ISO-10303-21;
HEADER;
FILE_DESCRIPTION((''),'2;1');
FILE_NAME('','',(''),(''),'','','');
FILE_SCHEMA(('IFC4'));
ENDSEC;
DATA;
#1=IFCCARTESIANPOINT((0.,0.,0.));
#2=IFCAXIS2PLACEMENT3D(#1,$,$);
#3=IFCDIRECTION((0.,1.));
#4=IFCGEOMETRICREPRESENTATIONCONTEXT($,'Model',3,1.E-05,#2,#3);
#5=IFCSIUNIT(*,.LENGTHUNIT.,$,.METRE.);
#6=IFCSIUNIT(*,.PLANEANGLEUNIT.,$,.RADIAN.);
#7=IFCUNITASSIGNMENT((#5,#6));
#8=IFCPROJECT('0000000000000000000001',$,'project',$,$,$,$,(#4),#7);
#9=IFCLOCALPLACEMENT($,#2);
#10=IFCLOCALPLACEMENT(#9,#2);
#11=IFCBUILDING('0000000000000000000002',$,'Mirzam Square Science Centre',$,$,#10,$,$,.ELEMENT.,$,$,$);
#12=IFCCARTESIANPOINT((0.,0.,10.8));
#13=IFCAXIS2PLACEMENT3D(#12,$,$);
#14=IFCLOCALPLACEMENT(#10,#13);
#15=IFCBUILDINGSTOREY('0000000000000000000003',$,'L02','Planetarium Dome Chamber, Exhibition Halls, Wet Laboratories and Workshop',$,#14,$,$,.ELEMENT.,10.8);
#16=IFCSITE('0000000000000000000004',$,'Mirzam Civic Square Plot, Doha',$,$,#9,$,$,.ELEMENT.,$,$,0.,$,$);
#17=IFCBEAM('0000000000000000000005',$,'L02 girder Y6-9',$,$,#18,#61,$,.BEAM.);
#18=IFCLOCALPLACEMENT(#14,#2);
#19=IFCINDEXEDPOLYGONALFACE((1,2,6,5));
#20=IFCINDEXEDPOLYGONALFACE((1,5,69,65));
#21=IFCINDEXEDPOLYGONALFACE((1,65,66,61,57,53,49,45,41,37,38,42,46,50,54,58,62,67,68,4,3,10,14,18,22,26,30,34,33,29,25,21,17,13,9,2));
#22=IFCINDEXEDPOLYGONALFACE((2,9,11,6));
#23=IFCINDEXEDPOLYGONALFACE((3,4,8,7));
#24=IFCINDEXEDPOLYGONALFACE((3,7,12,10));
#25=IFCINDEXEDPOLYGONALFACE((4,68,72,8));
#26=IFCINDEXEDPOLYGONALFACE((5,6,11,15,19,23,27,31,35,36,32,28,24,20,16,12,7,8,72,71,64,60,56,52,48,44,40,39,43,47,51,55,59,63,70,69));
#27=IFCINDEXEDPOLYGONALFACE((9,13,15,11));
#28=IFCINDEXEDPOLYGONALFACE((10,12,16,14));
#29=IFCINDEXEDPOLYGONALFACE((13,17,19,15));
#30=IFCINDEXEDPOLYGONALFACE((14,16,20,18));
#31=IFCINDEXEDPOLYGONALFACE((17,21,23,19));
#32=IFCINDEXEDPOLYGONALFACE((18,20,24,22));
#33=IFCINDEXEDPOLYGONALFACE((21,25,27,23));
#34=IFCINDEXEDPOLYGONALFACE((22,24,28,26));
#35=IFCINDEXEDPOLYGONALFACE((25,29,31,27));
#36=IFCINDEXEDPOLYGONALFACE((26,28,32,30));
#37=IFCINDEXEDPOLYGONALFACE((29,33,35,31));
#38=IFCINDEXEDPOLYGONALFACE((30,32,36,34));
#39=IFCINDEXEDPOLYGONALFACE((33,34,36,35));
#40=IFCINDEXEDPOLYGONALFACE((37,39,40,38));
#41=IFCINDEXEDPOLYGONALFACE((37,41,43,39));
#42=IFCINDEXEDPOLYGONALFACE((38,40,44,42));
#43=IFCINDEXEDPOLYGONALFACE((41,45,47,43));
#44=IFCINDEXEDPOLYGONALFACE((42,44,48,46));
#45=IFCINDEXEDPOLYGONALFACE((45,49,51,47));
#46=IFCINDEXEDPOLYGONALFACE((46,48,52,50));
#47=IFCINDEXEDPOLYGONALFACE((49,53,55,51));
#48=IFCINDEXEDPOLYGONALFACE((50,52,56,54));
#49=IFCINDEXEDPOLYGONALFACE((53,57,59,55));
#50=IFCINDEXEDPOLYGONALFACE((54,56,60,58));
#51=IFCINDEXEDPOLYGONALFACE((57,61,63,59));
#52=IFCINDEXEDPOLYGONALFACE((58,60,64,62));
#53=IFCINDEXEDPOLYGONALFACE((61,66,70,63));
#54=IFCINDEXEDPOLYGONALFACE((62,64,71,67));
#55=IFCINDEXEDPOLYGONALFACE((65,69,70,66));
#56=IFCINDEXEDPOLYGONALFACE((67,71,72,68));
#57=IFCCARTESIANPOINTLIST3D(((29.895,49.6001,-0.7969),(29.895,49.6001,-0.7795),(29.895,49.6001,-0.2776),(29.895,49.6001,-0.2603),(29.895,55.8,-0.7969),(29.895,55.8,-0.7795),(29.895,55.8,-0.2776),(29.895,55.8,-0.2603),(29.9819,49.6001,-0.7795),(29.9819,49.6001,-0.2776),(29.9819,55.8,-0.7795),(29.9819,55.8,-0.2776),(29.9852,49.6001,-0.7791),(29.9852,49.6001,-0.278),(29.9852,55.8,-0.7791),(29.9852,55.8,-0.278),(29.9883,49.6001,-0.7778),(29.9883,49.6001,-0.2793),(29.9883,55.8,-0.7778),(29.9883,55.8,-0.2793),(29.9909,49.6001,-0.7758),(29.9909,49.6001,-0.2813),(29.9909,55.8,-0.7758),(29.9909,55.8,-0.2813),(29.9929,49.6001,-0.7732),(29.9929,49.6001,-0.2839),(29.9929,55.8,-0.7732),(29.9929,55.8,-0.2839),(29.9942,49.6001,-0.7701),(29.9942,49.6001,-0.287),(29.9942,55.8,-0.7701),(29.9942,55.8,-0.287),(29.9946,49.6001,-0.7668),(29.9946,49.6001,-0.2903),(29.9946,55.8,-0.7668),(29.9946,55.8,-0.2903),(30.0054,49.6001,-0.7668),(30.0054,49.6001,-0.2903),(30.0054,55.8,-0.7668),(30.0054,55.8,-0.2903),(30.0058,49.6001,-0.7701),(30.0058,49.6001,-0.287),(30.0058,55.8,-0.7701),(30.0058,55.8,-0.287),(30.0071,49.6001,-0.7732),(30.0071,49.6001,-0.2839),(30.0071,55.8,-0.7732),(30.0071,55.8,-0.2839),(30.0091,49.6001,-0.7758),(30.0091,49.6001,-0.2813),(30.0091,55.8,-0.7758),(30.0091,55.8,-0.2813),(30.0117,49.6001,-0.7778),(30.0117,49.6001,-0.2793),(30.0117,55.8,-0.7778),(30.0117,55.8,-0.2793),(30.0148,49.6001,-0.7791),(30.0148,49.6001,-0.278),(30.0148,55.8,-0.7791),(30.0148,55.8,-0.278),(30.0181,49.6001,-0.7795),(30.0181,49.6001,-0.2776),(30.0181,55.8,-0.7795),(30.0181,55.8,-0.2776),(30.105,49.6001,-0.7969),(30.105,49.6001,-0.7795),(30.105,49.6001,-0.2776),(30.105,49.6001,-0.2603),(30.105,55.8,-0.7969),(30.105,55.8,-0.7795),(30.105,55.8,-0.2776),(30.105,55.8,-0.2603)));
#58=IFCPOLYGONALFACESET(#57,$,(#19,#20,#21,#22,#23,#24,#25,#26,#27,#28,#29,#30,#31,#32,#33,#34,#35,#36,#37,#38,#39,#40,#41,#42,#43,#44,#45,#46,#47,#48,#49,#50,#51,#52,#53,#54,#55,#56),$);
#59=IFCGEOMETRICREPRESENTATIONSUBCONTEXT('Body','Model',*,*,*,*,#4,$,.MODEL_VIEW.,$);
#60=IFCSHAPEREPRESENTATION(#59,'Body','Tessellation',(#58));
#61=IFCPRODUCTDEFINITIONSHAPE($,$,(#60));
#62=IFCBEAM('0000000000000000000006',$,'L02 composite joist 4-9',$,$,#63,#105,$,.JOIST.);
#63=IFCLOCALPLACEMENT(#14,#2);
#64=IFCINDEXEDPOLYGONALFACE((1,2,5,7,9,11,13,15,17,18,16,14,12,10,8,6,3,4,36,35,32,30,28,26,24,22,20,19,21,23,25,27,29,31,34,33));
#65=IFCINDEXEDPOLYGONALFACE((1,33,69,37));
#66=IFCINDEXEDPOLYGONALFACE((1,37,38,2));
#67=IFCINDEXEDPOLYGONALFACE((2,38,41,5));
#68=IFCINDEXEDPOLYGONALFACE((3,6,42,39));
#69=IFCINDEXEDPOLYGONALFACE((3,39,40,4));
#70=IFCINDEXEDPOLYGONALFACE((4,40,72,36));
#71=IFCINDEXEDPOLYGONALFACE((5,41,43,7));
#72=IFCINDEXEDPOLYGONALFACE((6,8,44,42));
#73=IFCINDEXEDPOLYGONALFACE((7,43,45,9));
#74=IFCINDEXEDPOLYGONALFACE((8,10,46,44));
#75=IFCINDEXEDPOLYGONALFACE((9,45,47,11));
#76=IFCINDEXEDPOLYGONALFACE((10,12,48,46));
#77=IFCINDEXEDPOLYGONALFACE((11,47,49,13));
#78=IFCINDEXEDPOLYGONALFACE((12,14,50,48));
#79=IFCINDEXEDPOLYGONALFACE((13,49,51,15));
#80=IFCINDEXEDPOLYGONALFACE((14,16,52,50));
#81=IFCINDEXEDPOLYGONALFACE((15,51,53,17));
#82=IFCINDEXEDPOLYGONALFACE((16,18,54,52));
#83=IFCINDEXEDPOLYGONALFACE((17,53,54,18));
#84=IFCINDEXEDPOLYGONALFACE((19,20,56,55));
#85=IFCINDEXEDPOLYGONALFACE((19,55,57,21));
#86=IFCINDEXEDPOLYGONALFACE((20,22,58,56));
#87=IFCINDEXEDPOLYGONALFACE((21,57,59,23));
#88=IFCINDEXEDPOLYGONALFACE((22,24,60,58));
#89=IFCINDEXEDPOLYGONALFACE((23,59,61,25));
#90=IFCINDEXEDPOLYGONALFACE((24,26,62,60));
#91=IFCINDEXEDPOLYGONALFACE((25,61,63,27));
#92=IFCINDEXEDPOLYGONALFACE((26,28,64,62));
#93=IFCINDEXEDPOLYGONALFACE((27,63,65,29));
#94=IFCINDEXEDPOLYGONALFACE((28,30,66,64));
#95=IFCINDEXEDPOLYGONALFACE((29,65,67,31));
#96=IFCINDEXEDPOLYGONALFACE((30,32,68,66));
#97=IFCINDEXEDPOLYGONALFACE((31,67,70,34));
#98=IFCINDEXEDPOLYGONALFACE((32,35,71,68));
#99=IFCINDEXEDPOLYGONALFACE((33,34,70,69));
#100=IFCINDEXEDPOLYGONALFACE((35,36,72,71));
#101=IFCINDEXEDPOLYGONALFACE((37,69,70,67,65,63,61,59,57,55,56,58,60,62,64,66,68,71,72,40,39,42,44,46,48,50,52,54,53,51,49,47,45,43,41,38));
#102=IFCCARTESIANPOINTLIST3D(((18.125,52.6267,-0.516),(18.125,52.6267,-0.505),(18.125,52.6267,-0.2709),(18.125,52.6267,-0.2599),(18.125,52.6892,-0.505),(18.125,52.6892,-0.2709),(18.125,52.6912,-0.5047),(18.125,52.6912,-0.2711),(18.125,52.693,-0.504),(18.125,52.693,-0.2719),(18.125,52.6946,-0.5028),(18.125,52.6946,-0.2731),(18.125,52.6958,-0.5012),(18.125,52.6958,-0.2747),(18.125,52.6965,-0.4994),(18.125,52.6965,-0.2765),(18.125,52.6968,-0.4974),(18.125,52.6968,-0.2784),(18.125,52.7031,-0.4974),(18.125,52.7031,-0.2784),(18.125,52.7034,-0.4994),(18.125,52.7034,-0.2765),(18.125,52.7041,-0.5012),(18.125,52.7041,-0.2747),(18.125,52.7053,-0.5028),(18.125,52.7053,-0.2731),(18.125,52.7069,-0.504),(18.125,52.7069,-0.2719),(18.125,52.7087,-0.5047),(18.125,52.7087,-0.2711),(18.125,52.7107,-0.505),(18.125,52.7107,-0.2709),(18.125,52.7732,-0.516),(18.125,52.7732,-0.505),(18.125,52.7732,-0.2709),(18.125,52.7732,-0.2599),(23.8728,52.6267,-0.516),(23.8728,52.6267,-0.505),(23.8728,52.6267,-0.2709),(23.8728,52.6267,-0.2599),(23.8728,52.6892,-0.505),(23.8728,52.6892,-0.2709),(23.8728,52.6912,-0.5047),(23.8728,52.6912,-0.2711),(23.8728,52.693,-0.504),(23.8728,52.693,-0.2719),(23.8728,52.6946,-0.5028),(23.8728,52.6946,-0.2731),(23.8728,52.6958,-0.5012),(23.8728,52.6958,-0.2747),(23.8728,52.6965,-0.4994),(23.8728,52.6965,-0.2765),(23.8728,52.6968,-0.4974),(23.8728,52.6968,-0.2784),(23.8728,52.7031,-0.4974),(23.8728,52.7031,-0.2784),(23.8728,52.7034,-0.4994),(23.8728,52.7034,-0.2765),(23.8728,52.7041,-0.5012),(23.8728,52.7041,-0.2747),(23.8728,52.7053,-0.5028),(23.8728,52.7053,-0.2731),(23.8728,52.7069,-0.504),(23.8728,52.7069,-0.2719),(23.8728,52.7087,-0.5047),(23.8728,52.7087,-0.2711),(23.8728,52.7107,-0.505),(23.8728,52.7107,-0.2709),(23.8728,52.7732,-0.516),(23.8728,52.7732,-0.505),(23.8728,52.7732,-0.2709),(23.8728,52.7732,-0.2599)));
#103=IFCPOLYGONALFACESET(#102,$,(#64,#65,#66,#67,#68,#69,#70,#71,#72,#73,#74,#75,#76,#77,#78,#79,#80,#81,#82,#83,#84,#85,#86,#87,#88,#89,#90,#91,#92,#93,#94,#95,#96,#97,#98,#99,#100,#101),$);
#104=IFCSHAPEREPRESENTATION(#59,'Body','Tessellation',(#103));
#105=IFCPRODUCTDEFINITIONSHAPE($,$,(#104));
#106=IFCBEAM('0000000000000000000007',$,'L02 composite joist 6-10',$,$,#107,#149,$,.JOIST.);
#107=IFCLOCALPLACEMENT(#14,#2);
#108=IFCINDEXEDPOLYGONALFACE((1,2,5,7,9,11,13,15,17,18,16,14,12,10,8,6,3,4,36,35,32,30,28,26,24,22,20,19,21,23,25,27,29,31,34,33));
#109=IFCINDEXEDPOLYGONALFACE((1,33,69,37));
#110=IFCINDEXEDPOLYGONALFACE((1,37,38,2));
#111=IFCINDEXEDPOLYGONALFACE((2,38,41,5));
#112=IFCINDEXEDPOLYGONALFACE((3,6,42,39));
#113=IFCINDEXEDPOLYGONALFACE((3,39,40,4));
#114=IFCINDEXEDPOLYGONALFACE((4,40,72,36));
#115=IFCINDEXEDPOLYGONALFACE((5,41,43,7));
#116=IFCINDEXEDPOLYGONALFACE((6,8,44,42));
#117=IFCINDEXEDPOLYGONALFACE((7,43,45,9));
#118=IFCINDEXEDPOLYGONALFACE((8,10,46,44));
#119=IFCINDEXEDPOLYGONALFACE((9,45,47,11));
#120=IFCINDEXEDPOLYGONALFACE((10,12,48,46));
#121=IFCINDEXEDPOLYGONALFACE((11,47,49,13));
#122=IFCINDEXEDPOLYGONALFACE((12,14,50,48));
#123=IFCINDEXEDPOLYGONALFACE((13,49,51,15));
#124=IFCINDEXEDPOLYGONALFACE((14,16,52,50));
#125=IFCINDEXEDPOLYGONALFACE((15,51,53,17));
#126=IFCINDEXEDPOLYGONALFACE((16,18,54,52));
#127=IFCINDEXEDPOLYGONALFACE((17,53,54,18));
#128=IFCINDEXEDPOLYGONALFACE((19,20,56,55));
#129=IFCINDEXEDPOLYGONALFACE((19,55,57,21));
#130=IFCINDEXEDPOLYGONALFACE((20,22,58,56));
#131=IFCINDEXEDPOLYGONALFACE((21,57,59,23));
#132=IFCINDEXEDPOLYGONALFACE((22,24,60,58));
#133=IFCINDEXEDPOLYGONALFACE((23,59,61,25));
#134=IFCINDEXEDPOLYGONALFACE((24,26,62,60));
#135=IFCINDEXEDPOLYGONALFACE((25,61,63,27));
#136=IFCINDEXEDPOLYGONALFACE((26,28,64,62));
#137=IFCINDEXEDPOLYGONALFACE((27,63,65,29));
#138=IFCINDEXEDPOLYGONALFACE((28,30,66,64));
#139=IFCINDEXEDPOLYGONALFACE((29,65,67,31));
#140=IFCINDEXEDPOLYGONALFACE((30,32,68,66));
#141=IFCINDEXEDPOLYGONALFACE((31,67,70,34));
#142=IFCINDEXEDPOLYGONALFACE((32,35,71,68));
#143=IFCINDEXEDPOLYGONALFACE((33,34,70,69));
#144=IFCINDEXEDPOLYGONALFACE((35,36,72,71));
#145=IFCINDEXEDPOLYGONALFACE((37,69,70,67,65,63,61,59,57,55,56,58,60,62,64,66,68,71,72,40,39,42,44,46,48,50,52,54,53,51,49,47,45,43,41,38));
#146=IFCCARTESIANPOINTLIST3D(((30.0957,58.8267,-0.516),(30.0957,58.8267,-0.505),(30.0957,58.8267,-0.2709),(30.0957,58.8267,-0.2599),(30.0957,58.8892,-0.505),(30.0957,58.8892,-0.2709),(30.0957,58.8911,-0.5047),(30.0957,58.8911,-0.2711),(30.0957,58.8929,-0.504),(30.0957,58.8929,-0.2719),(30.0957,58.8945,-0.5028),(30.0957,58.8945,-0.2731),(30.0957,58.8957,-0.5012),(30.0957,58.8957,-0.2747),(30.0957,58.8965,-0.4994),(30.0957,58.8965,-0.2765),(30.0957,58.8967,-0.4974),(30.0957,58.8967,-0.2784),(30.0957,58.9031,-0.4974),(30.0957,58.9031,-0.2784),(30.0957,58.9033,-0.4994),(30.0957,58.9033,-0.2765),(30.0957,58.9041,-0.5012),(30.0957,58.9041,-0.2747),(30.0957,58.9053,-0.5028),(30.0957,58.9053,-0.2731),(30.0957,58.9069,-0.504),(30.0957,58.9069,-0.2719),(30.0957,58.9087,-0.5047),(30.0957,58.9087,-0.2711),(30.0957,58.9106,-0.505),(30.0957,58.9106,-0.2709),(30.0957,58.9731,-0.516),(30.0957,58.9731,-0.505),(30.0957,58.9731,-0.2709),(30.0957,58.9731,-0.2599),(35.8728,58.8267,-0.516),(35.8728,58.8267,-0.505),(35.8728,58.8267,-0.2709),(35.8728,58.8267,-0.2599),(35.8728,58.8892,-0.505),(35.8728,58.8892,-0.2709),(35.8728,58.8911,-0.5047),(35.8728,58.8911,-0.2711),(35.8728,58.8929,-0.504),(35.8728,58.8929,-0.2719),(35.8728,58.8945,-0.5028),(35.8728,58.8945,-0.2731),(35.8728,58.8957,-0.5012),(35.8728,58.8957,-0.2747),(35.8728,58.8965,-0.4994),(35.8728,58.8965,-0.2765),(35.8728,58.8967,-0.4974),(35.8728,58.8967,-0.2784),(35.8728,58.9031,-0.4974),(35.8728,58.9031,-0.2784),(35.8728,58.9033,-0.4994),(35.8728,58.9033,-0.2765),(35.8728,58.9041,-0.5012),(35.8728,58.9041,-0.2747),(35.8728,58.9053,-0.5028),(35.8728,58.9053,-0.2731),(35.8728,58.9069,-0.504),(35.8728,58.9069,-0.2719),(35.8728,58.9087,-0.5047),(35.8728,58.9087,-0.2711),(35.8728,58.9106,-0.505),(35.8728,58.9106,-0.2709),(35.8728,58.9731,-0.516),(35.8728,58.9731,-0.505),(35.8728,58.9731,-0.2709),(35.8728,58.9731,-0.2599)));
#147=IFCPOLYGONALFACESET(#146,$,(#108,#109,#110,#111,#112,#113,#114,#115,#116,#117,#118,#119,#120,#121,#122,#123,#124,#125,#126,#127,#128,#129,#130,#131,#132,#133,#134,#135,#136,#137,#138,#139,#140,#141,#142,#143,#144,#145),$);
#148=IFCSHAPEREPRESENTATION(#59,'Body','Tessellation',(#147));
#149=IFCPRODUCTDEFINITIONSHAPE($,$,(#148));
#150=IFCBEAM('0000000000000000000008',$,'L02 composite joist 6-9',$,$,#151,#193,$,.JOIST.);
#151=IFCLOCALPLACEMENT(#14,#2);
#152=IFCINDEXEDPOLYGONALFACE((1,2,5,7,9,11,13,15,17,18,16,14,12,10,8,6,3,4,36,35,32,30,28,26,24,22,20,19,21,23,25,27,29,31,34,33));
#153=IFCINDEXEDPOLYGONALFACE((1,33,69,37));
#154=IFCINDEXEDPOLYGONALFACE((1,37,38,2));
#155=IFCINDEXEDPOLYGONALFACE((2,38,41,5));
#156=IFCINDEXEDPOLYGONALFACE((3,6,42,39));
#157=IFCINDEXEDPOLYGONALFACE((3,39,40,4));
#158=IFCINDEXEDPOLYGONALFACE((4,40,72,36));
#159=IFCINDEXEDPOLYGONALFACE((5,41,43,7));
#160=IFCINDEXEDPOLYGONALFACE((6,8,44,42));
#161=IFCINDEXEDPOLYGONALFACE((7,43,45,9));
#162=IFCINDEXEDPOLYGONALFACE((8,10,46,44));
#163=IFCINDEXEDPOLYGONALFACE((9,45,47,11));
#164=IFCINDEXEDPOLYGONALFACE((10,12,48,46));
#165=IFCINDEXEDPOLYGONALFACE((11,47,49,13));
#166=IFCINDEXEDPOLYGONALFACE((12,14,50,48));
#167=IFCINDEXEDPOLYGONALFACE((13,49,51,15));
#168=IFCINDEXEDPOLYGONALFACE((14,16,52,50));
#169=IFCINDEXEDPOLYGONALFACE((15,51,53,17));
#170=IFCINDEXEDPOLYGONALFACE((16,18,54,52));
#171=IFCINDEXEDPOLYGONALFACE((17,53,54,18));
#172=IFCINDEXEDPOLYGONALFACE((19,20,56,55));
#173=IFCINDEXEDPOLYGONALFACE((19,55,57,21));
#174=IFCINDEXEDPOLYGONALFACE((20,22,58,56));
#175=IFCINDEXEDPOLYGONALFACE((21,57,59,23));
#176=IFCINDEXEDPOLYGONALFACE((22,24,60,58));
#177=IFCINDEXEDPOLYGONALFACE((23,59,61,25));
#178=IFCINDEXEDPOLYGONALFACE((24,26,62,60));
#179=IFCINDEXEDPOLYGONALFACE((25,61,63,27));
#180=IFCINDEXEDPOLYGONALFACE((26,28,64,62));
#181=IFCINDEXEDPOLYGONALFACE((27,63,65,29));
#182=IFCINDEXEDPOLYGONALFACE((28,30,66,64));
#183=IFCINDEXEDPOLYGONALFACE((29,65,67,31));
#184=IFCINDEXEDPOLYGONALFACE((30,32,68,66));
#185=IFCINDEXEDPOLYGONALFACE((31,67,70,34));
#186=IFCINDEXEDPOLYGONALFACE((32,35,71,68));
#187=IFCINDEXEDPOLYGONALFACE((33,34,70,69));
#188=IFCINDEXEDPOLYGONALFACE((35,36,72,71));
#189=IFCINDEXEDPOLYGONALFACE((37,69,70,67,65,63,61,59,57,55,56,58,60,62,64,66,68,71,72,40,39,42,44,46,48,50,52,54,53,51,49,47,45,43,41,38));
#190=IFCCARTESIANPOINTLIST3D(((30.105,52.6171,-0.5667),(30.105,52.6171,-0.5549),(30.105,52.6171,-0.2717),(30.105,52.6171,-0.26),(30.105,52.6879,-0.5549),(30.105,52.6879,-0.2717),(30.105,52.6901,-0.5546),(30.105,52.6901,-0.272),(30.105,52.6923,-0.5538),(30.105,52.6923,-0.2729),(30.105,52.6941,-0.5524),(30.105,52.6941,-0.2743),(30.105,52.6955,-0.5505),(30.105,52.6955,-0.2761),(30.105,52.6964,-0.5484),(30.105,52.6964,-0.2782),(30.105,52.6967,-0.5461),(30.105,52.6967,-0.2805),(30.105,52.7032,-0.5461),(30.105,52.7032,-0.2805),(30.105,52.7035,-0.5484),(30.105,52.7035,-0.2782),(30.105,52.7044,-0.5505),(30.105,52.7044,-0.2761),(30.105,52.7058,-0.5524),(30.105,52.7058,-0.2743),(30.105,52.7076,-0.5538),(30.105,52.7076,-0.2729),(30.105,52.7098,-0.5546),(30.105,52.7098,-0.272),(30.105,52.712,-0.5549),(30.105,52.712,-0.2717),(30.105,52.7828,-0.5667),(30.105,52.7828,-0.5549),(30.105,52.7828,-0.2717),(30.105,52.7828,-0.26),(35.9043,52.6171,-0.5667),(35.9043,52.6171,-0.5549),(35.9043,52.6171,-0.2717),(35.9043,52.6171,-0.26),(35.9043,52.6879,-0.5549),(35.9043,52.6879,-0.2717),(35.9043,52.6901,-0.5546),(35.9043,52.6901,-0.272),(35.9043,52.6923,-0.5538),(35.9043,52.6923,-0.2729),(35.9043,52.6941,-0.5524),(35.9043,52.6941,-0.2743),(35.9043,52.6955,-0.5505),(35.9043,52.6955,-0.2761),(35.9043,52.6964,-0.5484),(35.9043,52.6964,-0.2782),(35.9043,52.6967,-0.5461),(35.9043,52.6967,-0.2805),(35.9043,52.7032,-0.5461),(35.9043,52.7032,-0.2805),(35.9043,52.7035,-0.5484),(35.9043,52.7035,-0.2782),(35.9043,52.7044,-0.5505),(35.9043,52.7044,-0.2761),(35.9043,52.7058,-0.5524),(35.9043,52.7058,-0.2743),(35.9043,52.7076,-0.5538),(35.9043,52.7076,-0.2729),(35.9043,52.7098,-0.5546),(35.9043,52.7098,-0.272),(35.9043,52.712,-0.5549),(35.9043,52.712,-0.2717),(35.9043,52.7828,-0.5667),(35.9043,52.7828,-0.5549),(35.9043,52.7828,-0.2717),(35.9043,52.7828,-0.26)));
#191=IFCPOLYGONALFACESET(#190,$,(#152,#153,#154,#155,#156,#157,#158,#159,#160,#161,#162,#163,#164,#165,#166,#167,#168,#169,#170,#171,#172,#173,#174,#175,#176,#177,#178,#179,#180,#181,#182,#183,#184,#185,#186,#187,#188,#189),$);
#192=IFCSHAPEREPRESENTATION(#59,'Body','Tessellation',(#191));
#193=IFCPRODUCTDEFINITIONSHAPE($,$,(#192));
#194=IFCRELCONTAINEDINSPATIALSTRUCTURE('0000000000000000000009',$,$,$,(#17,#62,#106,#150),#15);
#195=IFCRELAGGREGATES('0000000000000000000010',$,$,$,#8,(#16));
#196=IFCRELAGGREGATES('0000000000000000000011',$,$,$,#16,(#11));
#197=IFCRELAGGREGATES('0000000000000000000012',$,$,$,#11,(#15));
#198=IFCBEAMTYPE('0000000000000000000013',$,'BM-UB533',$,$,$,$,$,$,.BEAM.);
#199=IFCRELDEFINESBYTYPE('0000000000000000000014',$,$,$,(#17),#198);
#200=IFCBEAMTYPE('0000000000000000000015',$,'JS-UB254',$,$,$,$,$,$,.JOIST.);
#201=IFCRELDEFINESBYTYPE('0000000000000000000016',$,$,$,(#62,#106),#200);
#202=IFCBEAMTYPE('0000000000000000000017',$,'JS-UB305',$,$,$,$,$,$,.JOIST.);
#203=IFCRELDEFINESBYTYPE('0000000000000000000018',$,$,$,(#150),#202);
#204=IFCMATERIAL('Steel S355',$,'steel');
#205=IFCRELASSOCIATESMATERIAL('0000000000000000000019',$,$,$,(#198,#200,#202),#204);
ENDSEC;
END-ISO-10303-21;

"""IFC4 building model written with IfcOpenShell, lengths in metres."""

from ifc_helpers import new_model, si_unit, direction, frame, origin, origin_2d, place, context, subcontext, project, spatial, i_section, extrude, material, material_profile, profile_set, type_object, element, save


model = new_model("IFC4")

# Units and contexts
model_context = context("Model", 3, precision=1e-05, world=origin(), true_north=direction((0.0, 1.0)))
body_context = subcontext(model_context, "Body", "Model", "MODEL_VIEW")
ifc_project = project(units=[si_unit("LENGTHUNIT", "METRE"), si_unit("PLANEANGLEUNIT", "RADIAN")], contexts=[model_context])

# Site, building, storey
site_placement = place(None, origin())
site = spatial("IfcSite", under=ifc_project, at=site_placement, Name="Mirzam Civic Square Plot, Doha", CompositionType="ELEMENT", RefElevation=0.0)
building_placement = place(site_placement, origin())
building = spatial("IfcBuilding", under=site, at=building_placement, Name="Mirzam Square Science Centre", CompositionType="ELEMENT")
storey_placement = place(building_placement, frame((0.0, 0.0, 10.8)))
storey = spatial("IfcBuildingStorey", under=building, at=storey_placement, Name="L02", Description="Planetarium Dome Chamber, Exhibition Halls, Wet Laboratories and Workshop", CompositionType="ELEMENT", Elevation=10.8)

# Shared definitions
ifc_material_1 = material(Name="Steel S355", Category="steel")

# Beams
ifc_material_profile_1 = material_profile(ifc_material_1, i_section(OverallWidth=0.21, OverallDepth=0.5366, WebThickness=0.0107, FlangeThickness=0.0173, FilletRadius=0.0127, at=origin_2d()), Name="533x210x101UB")
ifc_profile_set_1 = profile_set([ifc_material_profile_1], Name="Steel S355")
beam_type_1 = type_object("IfcBeamType", Name="BM-UB533", PredefinedType="BEAM", material=ifc_profile_set_1)
for number, where, z_axis, x_axis, name in (
    (1, (30.0, 49.6001, -0.5286), (0.0, 1.0, 0.0), (-1.0, 0.0, 0.0), "L02 girder Y6-9"),
):
    element("IfcBeam", number, at=place(storey_placement, frame(where, z_axis=z_axis, x_axis=x_axis)), inside=storey, type_object=beam_type_1, Name=name, PredefinedType="BEAM", context=body_context, shape_type="SweptSolid", body=[
        extrude(i_section(OverallWidth=0.21, OverallDepth=0.5366, WebThickness=0.0107, FlangeThickness=0.0173, FilletRadius=0.0127, at=origin_2d()), origin(), (0.0, 0.0, 1.0), 6.2),
    ])
ifc_material_profile_2 = material_profile(ifc_material_1, i_section(OverallWidth=0.1465, OverallDepth=0.2561, WebThickness=0.0063, FlangeThickness=0.011, FilletRadius=0.0076, at=origin_2d()), Name="254x146x37UB")
ifc_profile_set_2 = profile_set([ifc_material_profile_2], Name="Steel S355")
beam_type_2 = type_object("IfcBeamType", Name="JS-UB254", PredefinedType="JOIST", material=ifc_profile_set_2)
beam_1_placement = place(storey_placement, frame((18.125, 52.7, -0.3879), z_axis=(1.0, 0.0, 0.0), x_axis=(0.0, 1.0, 0.0)))
element("IfcBeam", 2, at=beam_1_placement, inside=storey, type_object=beam_type_2, Name="L02 composite joist 4-9", PredefinedType="JOIST", context=body_context, shape_type="SweptSolid", body=[
    extrude(i_section(OverallWidth=0.1465, OverallDepth=0.2561, WebThickness=0.0063, FlangeThickness=0.011, FilletRadius=0.0076, at=origin_2d()), origin(), (0.0, 0.0, 1.0), 5.7478),
])
beam_2_placement = place(storey_placement, frame((30.0957, 58.8999, -0.3879), z_axis=(1.0, 0.0, 0.0), x_axis=(0.0, 1.0, 0.0)))
element("IfcBeam", 3, at=beam_2_placement, inside=storey, type_object=beam_type_2, Name="L02 composite joist 6-10", PredefinedType="JOIST", context=body_context, shape_type="SweptSolid", body=[
    extrude(i_section(OverallWidth=0.1465, OverallDepth=0.2561, WebThickness=0.0063, FlangeThickness=0.011, FilletRadius=0.0076, at=origin_2d()), origin(), (0.0, 0.0, 1.0), 5.7771),
])
ifc_material_profile_3 = material_profile(ifc_material_1, i_section(OverallWidth=0.1658, OverallDepth=0.3066, WebThickness=0.0066, FlangeThickness=0.0117, FilletRadius=0.0088, at=origin_2d()), Name="305x165x46UB")
ifc_profile_set_3 = profile_set([ifc_material_profile_3], Name="Steel S355")
beam_type_3 = type_object("IfcBeamType", Name="JS-UB305", PredefinedType="JOIST", material=ifc_profile_set_3)
beam_3_placement = place(storey_placement, frame((30.105, 52.7, -0.4133), z_axis=(1.0, 0.0, 0.0), x_axis=(0.0, 1.0, 0.0)))
element("IfcBeam", 4, at=beam_3_placement, inside=storey, type_object=beam_type_3, Name="L02 composite joist 6-9", PredefinedType="JOIST", context=body_context, shape_type="SweptSolid", body=[
    extrude(i_section(OverallWidth=0.1658, OverallDepth=0.3066, WebThickness=0.0066, FlangeThickness=0.0117, FilletRadius=0.0088, at=origin_2d()), origin(), (0.0, 0.0, 1.0), 5.7993),
])

save(model, "model.ifc")
